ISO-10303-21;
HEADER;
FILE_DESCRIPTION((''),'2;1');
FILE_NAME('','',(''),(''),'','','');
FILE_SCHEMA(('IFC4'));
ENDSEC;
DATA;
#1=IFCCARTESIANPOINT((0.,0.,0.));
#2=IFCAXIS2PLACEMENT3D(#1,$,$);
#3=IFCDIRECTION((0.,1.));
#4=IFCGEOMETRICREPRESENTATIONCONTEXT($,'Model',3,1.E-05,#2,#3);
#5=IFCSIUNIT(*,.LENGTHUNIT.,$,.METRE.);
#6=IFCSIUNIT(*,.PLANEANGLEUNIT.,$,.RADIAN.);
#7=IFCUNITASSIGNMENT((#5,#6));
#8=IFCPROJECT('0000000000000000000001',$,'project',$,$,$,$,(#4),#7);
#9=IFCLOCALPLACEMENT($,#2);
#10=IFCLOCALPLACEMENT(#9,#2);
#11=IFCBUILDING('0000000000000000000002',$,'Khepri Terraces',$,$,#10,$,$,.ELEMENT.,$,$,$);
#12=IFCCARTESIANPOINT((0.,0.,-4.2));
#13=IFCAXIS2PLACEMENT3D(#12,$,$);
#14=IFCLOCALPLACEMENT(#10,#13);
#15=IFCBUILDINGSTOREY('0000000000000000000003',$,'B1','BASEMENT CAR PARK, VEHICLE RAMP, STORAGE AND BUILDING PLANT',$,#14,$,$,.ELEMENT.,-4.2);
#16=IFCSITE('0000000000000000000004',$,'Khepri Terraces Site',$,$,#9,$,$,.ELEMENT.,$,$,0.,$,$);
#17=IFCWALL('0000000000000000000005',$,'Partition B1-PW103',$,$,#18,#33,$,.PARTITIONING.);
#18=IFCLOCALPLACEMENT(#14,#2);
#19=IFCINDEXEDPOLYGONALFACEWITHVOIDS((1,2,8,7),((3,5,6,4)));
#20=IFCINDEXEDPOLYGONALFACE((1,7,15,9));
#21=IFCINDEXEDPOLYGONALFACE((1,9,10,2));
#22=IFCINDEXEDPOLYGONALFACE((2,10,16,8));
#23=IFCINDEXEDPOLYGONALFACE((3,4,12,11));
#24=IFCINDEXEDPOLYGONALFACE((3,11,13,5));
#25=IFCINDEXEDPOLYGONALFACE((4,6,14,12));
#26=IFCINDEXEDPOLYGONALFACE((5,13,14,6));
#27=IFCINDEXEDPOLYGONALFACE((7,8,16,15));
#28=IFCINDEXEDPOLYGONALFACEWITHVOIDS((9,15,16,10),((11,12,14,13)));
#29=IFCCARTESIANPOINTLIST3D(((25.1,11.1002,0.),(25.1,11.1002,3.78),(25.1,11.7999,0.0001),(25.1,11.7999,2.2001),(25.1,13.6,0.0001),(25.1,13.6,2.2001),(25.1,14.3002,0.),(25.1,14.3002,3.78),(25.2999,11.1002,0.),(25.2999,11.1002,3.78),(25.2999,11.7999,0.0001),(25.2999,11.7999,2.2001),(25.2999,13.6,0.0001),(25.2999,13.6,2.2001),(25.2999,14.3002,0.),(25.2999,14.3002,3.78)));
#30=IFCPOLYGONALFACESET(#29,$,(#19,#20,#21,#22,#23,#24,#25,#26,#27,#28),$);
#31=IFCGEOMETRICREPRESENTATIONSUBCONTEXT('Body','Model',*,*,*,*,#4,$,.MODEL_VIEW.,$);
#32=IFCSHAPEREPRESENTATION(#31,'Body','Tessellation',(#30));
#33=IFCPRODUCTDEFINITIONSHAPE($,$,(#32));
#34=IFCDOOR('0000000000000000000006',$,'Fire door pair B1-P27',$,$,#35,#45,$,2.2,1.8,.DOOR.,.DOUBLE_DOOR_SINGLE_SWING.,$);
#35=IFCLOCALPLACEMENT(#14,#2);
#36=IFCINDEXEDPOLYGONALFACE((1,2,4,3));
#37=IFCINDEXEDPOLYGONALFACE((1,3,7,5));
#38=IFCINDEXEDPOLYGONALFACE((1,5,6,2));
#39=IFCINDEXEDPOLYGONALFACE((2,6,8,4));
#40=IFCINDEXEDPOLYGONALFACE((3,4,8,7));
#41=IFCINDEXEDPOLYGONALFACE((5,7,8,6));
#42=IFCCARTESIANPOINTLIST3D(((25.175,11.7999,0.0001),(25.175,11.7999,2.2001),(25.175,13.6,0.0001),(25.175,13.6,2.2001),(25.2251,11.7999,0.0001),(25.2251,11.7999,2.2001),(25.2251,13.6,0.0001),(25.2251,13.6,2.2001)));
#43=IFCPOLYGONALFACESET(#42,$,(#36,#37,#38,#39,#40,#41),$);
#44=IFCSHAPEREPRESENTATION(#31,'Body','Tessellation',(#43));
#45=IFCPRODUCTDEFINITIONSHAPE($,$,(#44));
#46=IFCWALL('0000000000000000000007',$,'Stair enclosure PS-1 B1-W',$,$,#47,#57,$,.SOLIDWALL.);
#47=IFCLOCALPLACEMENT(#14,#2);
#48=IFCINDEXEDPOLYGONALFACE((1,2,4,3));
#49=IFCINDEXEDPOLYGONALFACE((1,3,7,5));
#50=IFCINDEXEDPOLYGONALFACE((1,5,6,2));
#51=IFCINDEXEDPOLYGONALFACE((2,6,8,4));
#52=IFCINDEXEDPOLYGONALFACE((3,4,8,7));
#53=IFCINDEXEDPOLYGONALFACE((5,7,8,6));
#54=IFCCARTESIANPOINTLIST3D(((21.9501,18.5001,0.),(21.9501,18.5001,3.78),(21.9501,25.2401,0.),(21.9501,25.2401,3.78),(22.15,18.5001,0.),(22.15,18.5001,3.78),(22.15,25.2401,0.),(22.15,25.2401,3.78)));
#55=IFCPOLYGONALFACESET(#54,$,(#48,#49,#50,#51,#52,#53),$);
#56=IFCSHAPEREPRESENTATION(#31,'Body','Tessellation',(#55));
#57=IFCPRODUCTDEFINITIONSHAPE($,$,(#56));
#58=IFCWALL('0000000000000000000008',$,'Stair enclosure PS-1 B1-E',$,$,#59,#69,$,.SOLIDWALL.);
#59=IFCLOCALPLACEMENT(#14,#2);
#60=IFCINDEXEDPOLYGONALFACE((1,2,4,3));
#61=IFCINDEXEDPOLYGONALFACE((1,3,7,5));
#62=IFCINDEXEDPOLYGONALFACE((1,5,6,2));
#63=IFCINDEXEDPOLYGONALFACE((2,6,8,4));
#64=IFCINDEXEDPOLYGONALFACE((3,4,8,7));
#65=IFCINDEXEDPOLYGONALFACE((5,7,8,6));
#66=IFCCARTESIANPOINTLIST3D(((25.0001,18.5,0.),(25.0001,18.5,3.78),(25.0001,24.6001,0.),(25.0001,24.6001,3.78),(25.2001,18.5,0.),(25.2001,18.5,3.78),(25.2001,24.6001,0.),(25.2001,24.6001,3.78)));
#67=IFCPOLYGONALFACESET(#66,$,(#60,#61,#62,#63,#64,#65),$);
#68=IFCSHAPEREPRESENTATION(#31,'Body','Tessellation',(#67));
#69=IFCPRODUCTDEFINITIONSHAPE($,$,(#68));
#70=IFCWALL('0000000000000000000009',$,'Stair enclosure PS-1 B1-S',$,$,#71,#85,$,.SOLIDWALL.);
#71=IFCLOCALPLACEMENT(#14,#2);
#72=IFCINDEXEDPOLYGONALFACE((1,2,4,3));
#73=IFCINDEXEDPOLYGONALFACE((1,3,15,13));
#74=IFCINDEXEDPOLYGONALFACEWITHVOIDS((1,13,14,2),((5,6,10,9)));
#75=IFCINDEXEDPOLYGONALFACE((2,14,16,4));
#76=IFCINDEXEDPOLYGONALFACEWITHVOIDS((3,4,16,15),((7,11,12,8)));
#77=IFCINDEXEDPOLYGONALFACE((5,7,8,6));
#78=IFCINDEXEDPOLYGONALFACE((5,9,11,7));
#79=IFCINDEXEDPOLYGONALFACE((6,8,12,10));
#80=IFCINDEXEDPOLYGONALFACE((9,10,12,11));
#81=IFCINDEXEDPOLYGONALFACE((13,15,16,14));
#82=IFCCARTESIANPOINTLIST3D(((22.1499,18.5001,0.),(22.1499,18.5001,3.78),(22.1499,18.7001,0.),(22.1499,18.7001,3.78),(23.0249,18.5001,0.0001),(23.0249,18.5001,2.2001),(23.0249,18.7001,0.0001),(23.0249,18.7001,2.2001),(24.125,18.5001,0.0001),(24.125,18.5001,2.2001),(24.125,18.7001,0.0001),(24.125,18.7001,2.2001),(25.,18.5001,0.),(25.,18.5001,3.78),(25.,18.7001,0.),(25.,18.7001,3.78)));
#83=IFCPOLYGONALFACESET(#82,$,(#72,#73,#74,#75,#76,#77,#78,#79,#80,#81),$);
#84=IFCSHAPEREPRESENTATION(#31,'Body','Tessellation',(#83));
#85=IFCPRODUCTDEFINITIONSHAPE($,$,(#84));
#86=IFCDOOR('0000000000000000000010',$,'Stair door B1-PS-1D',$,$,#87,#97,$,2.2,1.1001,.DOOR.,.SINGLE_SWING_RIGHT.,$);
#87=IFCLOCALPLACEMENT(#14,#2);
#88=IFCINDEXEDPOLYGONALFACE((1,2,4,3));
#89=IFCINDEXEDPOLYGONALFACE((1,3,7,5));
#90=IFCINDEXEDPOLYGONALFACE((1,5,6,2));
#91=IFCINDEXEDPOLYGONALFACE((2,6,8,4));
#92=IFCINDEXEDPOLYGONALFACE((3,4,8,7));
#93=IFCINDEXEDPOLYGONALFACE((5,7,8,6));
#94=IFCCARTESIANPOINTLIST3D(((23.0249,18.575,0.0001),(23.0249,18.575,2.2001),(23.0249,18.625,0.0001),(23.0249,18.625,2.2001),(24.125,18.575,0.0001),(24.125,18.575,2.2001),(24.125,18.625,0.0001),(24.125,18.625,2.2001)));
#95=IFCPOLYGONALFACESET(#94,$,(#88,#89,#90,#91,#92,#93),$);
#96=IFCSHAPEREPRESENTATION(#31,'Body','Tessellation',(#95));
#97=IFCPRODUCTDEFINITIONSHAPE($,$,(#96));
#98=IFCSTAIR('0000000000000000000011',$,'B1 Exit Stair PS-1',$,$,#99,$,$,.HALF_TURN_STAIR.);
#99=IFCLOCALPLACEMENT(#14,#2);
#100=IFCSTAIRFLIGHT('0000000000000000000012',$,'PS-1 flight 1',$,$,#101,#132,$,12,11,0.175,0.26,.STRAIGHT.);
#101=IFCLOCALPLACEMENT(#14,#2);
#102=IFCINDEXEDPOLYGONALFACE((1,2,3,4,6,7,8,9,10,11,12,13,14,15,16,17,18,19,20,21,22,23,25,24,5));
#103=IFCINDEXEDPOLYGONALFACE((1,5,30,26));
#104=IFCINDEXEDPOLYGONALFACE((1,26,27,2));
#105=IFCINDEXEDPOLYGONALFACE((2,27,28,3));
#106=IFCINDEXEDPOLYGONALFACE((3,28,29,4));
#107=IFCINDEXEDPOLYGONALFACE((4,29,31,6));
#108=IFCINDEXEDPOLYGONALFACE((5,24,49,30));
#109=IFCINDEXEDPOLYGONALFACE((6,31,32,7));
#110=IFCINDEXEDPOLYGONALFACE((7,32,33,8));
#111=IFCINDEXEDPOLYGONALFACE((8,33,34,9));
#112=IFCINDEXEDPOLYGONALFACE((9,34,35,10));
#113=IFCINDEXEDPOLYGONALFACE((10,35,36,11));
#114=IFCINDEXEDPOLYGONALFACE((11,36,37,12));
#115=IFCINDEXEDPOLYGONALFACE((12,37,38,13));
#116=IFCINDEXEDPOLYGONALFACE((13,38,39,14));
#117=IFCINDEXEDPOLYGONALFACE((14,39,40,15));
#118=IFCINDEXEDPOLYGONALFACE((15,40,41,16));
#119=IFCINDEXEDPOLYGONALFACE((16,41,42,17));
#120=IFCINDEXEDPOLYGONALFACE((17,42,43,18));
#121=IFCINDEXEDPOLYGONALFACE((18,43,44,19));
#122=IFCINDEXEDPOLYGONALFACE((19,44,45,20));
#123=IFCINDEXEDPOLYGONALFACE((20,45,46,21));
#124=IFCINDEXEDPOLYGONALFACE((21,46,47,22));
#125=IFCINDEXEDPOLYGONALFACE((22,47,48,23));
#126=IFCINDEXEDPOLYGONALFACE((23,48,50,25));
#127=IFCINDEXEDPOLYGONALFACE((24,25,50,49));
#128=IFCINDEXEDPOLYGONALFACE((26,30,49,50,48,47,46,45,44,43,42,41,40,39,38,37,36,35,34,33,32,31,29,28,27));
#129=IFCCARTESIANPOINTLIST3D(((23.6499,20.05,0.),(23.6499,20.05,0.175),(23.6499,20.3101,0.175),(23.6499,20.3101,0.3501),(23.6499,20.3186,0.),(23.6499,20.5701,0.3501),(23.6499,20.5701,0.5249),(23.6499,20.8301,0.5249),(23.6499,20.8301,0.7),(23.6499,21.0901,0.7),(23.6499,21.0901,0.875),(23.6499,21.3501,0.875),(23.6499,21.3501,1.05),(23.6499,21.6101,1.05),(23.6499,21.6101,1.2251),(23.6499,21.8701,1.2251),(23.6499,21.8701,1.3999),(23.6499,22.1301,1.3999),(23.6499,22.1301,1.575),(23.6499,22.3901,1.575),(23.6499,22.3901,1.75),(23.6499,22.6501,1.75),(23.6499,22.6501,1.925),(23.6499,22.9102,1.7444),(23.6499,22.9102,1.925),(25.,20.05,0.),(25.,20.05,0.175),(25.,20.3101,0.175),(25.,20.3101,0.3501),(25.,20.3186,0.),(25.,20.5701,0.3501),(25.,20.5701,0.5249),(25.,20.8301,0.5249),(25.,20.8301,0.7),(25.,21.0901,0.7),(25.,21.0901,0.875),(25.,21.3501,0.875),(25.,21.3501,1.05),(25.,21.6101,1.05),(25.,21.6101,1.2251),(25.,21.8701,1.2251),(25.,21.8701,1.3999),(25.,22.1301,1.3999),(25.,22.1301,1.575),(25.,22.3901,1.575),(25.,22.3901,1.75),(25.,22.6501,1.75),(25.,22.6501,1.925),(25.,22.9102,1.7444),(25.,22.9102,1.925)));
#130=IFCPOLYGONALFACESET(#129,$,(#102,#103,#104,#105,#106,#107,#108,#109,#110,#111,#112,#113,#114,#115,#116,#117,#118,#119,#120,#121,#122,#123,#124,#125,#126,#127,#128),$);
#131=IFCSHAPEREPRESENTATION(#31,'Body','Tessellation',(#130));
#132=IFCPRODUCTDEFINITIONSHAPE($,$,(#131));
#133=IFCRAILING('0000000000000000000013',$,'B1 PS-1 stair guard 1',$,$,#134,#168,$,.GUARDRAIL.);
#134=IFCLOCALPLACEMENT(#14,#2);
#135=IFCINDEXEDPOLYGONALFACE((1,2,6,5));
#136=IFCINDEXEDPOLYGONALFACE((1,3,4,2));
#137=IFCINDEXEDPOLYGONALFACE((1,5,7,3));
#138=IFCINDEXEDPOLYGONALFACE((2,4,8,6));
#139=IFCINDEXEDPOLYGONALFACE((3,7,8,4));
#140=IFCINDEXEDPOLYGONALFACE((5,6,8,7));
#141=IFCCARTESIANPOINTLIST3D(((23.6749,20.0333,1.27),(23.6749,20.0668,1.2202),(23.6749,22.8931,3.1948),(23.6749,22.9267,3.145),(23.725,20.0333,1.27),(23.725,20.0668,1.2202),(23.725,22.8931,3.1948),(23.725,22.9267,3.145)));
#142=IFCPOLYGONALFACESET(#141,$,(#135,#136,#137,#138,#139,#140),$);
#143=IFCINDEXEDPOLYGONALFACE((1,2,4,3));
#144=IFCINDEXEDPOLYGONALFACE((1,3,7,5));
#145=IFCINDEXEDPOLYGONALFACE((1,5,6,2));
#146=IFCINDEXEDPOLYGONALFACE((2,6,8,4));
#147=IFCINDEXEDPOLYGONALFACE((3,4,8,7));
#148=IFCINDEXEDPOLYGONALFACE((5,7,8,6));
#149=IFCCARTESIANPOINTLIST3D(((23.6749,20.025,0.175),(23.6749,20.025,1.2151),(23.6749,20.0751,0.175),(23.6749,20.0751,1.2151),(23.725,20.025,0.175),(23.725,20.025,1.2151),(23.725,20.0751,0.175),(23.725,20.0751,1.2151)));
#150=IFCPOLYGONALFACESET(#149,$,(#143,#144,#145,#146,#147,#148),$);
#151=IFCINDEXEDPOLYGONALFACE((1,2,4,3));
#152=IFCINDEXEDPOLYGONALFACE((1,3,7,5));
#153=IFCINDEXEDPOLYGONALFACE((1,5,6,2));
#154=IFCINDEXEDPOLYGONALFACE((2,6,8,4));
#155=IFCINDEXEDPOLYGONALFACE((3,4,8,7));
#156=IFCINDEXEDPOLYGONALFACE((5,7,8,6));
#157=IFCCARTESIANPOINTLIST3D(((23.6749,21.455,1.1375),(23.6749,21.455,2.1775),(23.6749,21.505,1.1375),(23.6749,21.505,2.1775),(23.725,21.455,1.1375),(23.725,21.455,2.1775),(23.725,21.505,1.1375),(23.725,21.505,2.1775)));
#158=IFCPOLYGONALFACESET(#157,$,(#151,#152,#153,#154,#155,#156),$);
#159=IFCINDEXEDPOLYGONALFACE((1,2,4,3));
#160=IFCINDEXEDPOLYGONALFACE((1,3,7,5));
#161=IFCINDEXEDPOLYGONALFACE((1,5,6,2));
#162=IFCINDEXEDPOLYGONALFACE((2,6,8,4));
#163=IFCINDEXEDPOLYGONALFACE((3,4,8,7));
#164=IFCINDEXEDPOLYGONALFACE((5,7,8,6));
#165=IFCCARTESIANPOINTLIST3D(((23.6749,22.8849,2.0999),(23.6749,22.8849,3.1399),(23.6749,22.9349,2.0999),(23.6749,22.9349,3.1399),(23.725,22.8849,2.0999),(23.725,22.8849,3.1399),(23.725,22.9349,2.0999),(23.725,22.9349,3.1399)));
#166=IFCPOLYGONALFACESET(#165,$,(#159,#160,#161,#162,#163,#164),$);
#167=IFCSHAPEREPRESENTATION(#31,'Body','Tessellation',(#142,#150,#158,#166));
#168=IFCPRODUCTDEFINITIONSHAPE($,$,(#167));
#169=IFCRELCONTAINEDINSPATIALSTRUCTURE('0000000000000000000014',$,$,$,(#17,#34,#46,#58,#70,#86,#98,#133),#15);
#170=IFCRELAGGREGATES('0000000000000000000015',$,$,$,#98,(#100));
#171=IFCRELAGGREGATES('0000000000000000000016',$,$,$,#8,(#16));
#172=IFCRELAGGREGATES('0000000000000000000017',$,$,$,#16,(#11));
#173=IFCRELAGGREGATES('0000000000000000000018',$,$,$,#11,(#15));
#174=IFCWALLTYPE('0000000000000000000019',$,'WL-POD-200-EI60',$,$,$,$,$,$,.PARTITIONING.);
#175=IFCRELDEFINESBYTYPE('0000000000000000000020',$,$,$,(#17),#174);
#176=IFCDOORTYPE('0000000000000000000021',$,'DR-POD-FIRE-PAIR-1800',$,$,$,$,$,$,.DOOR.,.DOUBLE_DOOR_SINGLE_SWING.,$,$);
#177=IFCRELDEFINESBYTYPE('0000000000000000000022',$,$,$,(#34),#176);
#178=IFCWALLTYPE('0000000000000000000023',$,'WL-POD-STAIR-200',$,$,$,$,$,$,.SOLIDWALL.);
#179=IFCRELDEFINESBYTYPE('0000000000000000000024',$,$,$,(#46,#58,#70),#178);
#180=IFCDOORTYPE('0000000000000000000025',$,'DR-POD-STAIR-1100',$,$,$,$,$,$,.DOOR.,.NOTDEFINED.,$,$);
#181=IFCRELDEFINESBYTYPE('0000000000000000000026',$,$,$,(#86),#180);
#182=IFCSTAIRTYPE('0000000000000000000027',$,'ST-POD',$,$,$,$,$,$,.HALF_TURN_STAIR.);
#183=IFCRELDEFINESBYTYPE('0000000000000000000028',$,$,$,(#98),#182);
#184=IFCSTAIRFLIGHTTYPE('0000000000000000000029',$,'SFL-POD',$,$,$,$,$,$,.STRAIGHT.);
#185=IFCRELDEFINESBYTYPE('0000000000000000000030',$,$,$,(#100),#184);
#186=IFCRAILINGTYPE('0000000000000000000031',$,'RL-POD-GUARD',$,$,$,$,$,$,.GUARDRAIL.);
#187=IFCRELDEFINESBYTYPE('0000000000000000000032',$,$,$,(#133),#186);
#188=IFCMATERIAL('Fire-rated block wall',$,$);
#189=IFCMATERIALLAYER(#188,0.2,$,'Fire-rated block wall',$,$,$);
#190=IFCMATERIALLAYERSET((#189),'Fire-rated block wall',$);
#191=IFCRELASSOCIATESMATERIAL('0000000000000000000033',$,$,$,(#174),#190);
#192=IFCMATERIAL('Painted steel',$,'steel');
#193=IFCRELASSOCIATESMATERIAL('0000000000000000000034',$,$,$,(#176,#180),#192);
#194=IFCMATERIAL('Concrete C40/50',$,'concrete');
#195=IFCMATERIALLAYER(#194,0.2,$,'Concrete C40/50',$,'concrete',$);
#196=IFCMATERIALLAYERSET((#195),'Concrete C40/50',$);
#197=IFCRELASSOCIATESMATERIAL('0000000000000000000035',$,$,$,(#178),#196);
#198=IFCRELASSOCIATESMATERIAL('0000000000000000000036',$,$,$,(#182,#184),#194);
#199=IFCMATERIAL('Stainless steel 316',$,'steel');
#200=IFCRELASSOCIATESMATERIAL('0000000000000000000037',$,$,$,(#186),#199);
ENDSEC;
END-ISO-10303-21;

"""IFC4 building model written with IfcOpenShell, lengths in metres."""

from ifc_helpers import new_model, si_unit, direction, frame, frame_2d, origin, origin_2d, place, context, subcontext, project, spatial, polyline, rectangle, outline, extrude, material, layer, layer_set, type_object, element, fill, aggregate, save


model = new_model("IFC4")

# Units and contexts
model_context = context("Model", 3, precision=1e-05, world=origin(), true_north=direction((0.0, 1.0)))
body_context = subcontext(model_context, "Body", "Model", "MODEL_VIEW")
ifc_project = project(units=[si_unit("LENGTHUNIT", "METRE"), si_unit("PLANEANGLEUNIT", "RADIAN")], contexts=[model_context])

# Site, building, storey
site_placement = place(None, origin())
site = spatial("IfcSite", under=ifc_project, at=site_placement, Name="Khepri Terraces Site", CompositionType="ELEMENT", RefElevation=0.0)
building_placement = place(site_placement, origin())
building = spatial("IfcBuilding", under=site, at=building_placement, Name="Khepri Terraces", CompositionType="ELEMENT")
storey_placement = place(building_placement, frame((0.0, 0.0, -4.2)))
storey = spatial("IfcBuildingStorey", under=building, at=storey_placement, Name="B1", Description="BASEMENT CAR PARK, VEHICLE RAMP, STORAGE AND BUILDING PLANT", CompositionType="ELEMENT", Elevation=-4.2)

# Shared definitions
ifc_material_1 = material(Name="Fire-rated block wall")

# Wall, opening, door
ifc_layer_1 = layer(ifc_material_1, 0.2, Name="Fire-rated block wall")
ifc_layer_set_1 = layer_set([ifc_layer_1], Name="Fire-rated block wall")
wall_type_1 = type_object("IfcWallType", Name="WL-POD-200-EI60", PredefinedType="PARTITIONING", material=ifc_layer_set_1)
wall_1_placement = place(storey_placement, frame((25.2, 11.1001, 0.0), z_axis=(0.0, 0.0, 1.0), x_axis=(0.0, 1.0, 0.0)))
wall_1 = element("IfcWall", 1, at=wall_1_placement, inside=storey, type_object=wall_type_1, Name="Partition B1-PW103", PredefinedType="PARTITIONING", context=body_context, shape_type="SweptSolid", body=[
    extrude(rectangle(XDim=3.2, YDim=0.2, at=frame_2d((1.6001, 0.0))), origin(), (0.0, 0.0, 1.0), 3.78),
])
opening_1_placement = place(wall_1_placement, frame((0.7, 0.0, 0.0)))
opening_1 = element("IfcOpeningElement", 2, at=opening_1_placement, cuts=wall_1, PredefinedType="OPENING", context=body_context, shape_type="SweptSolid", body=[
    extrude(rectangle(XDim=1.8, YDim=2.2, at=frame_2d((0.8999, 1.1001))), frame((0.0, 0.1099, 0.0), z_axis=(0.0, -1.0, 0.0), x_axis=(1.0, 0.0, 0.0)), (0.0, 0.0, 1.0), 0.22),
])
ifc_material_2 = material(Name="Painted steel", Category="steel")
door_type_1 = type_object("IfcDoorType", Name="DR-POD-FIRE-PAIR-1800", OperationType="DOUBLE_DOOR_SINGLE_SWING", PredefinedType="DOOR", material=ifc_material_2)
door_1_placement = place(opening_1_placement, origin())
door_1 = element("IfcDoor", 3, at=door_1_placement, inside=storey, type_object=door_type_1, Name="Fire door pair B1-P27", OperationType="DOUBLE_DOOR_SINGLE_SWING", OverallHeight=2.2, OverallWidth=1.8, PredefinedType="DOOR", context=body_context, shape_type="SweptSolid", body=[
    extrude(rectangle(XDim=1.8, YDim=2.2, at=frame_2d((0.8999, 1.1001))), frame((0.0, 0.0249, 0.0), z_axis=(0.0, -1.0, 0.0), x_axis=(1.0, 0.0, 0.0)), (0.0, 0.0, 1.0), 0.05),
])
fill(opening_1, door_1)

# Walls
ifc_material_3 = material(Name="Concrete C40/50", Category="concrete")
ifc_layer_2 = layer(ifc_material_3, 0.2, Name="Concrete C40/50", Category="concrete")
ifc_layer_set_2 = layer_set([ifc_layer_2], Name="Concrete C40/50")
wall_type_2 = type_object("IfcWallType", Name="WL-POD-STAIR-200", PredefinedType="SOLIDWALL", material=ifc_layer_set_2)
wall_2_placement = place(storey_placement, frame((22.05, 18.5, 0.0), z_axis=(0.0, 0.0, 1.0), x_axis=(0.0, 1.0, 0.0)))
element("IfcWall", 4, at=wall_2_placement, inside=storey, type_object=wall_type_2, Name="Stair enclosure PS-1 B1-W", PredefinedType="SOLIDWALL", context=body_context, shape_type="SweptSolid", body=[
    extrude(rectangle(XDim=6.74, YDim=0.2, at=frame_2d((3.3701, 0.0))), origin(), (0.0, 0.0, 1.0), 3.78),
])
wall_3_placement = place(storey_placement, frame((25.1001, 18.5, 0.0), z_axis=(0.0, 0.0, 1.0), x_axis=(0.0, 1.0, 0.0)))
element("IfcWall", 5, at=wall_3_placement, inside=storey, type_object=wall_type_2, Name="Stair enclosure PS-1 B1-E", PredefinedType="SOLIDWALL", context=body_context, shape_type="SweptSolid", body=[
    extrude(rectangle(XDim=6.1001, YDim=0.2, at=frame_2d((3.05, 0.0))), origin(), (0.0, 0.0, 1.0), 3.78),
])

# Wall, opening, door
wall_4_placement = place(storey_placement, frame((22.1499, 18.6001, 0.0), z_axis=(0.0, 0.0, 1.0), x_axis=(1.0, 0.0, 0.0)))
wall_4 = element("IfcWall", 6, at=wall_4_placement, inside=storey, type_object=wall_type_2, Name="Stair enclosure PS-1 B1-S", PredefinedType="SOLIDWALL", context=body_context, shape_type="SweptSolid", body=[
    extrude(rectangle(XDim=2.8501, YDim=0.2, at=frame_2d((1.425, 0.0))), origin(), (0.0, 0.0, 1.0), 3.78),
])
opening_2_placement = place(wall_4_placement, frame((0.875, 0.0, 0.0)))
opening_2 = element("IfcOpeningElement", 7, at=opening_2_placement, cuts=wall_4, PredefinedType="OPENING", context=body_context, shape_type="SweptSolid", body=[
    extrude(rectangle(XDim=1.1001, YDim=2.2, at=frame_2d((0.55, 1.1001))), frame((0.0, 0.1099, 0.0), z_axis=(0.0, -1.0, 0.0), x_axis=(1.0, 0.0, 0.0)), (0.0, 0.0, 1.0), 0.22),
])
door_type_2 = type_object("IfcDoorType", Name="DR-POD-STAIR-1100", OperationType="NOTDEFINED", PredefinedType="DOOR", material=ifc_material_2)
door_2_placement = place(opening_2_placement, origin())
door_2 = element("IfcDoor", 8, at=door_2_placement, inside=storey, type_object=door_type_2, Name="Stair door B1-PS-1D", OperationType="SINGLE_SWING_RIGHT", OverallHeight=2.2, OverallWidth=1.1001, PredefinedType="DOOR", context=body_context, shape_type="SweptSolid", body=[
    extrude(rectangle(XDim=1.1001, YDim=2.2, at=frame_2d((0.55, 1.1001))), frame((0.0, 0.0249, 0.0), z_axis=(0.0, -1.0, 0.0), x_axis=(1.0, 0.0, 0.0)), (0.0, 0.0, 1.0), 0.05),
])
fill(opening_2, door_2)

# Stair, stair flight
stair_type = type_object("IfcStairType", Name="ST-POD", PredefinedType="HALF_TURN_STAIR", material=ifc_material_3)
stair_placement = place(storey_placement, origin())
stair = element("IfcStair", 9, at=stair_placement, inside=storey, type_object=stair_type, Name="B1 Exit Stair PS-1", PredefinedType="HALF_TURN_STAIR")
stair_flight_type = type_object("IfcStairFlightType", Name="SFL-POD", PredefinedType="STRAIGHT", material=ifc_material_3)
stair_flight_placement = place(storey_placement, frame((24.325, 20.05, 0.0), z_axis=(0.0, 0.0, 1.0), x_axis=(0.0, 1.0, 0.0)))
stair_flight = element("IfcStairFlight", 10, at=stair_flight_placement, type_object=stair_flight_type, Name="PS-1 flight 1", NumberOfRisers=12, NumberOfTreads=11, PredefinedType="STRAIGHT", RiserHeight=0.175, TreadLength=0.26, context=body_context, shape_type="SweptSolid", body=[
    extrude(outline(polyline([(0.0, 0.0), (0.0, 0.175), (0.26, 0.175), (0.26, 0.3501), (0.52, 0.3501), (0.52, 0.5249), (0.78, 0.5249), (0.78, 0.7), (1.04, 0.7), (1.04, 0.875), (1.3, 0.875), (1.3, 1.05), (1.5601, 1.05), (1.5601, 1.2251), (1.8201, 1.2251), (1.8201, 1.3999), (2.0801, 1.3999), (2.0801, 1.575), (2.3401, 1.575), (2.3401, 1.75), (2.6001, 1.75), (2.6001, 1.925), (2.8601, 1.925), (2.8601, 2.1001), (2.8601, 1.7444), (0.2686, 0.0), (0.0, 0.0)])), frame((0.0, 0.675, 0.0), z_axis=(0.0, -1.0, 0.0), x_axis=(1.0, 0.0, 0.0)), (0.0, 0.0, 1.0), 1.3501),
])
aggregate(stair, [stair_flight])

# Railing
ifc_material_4 = material(Name="Stainless steel 316", Category="steel")
railing_type = type_object("IfcRailingType", Name="RL-POD-GUARD", PredefinedType="GUARDRAIL", material=ifc_material_4)
railing_1_placement = place(storey_placement, frame((23.7, 20.05, 0.175)))
element("IfcRailing", 11, at=railing_1_placement, inside=storey, type_object=railing_type, Name="B1 PS-1 stair guard 1", PredefinedType="GUARDRAIL", context=body_context, shape_type="SweptSolid", body=[
    extrude(rectangle(XDim=0.05, YDim=0.0601, at=origin_2d()), frame((0.0, 0.0, 1.0701), z_axis=(0.0, 0.829602, 0.558356), x_axis=(-1.0, 0.0, 0.0)), (0.0, 0.0, 1.0), 3.4473),
    extrude(rectangle(XDim=0.05, YDim=0.05, at=origin_2d()), origin(), (0.0, 0.0, 1.0), 1.04),
    extrude(rectangle(XDim=0.05, YDim=0.05, at=origin_2d()), frame((0.0, 1.4299, 0.9624)), (0.0, 0.0, 1.0), 1.04),
    extrude(rectangle(XDim=0.05, YDim=0.05, at=origin_2d()), frame((0.0, 2.8599, 1.9248)), (0.0, 0.0, 1.0), 1.04),
])

save(model, "model.ifc")
